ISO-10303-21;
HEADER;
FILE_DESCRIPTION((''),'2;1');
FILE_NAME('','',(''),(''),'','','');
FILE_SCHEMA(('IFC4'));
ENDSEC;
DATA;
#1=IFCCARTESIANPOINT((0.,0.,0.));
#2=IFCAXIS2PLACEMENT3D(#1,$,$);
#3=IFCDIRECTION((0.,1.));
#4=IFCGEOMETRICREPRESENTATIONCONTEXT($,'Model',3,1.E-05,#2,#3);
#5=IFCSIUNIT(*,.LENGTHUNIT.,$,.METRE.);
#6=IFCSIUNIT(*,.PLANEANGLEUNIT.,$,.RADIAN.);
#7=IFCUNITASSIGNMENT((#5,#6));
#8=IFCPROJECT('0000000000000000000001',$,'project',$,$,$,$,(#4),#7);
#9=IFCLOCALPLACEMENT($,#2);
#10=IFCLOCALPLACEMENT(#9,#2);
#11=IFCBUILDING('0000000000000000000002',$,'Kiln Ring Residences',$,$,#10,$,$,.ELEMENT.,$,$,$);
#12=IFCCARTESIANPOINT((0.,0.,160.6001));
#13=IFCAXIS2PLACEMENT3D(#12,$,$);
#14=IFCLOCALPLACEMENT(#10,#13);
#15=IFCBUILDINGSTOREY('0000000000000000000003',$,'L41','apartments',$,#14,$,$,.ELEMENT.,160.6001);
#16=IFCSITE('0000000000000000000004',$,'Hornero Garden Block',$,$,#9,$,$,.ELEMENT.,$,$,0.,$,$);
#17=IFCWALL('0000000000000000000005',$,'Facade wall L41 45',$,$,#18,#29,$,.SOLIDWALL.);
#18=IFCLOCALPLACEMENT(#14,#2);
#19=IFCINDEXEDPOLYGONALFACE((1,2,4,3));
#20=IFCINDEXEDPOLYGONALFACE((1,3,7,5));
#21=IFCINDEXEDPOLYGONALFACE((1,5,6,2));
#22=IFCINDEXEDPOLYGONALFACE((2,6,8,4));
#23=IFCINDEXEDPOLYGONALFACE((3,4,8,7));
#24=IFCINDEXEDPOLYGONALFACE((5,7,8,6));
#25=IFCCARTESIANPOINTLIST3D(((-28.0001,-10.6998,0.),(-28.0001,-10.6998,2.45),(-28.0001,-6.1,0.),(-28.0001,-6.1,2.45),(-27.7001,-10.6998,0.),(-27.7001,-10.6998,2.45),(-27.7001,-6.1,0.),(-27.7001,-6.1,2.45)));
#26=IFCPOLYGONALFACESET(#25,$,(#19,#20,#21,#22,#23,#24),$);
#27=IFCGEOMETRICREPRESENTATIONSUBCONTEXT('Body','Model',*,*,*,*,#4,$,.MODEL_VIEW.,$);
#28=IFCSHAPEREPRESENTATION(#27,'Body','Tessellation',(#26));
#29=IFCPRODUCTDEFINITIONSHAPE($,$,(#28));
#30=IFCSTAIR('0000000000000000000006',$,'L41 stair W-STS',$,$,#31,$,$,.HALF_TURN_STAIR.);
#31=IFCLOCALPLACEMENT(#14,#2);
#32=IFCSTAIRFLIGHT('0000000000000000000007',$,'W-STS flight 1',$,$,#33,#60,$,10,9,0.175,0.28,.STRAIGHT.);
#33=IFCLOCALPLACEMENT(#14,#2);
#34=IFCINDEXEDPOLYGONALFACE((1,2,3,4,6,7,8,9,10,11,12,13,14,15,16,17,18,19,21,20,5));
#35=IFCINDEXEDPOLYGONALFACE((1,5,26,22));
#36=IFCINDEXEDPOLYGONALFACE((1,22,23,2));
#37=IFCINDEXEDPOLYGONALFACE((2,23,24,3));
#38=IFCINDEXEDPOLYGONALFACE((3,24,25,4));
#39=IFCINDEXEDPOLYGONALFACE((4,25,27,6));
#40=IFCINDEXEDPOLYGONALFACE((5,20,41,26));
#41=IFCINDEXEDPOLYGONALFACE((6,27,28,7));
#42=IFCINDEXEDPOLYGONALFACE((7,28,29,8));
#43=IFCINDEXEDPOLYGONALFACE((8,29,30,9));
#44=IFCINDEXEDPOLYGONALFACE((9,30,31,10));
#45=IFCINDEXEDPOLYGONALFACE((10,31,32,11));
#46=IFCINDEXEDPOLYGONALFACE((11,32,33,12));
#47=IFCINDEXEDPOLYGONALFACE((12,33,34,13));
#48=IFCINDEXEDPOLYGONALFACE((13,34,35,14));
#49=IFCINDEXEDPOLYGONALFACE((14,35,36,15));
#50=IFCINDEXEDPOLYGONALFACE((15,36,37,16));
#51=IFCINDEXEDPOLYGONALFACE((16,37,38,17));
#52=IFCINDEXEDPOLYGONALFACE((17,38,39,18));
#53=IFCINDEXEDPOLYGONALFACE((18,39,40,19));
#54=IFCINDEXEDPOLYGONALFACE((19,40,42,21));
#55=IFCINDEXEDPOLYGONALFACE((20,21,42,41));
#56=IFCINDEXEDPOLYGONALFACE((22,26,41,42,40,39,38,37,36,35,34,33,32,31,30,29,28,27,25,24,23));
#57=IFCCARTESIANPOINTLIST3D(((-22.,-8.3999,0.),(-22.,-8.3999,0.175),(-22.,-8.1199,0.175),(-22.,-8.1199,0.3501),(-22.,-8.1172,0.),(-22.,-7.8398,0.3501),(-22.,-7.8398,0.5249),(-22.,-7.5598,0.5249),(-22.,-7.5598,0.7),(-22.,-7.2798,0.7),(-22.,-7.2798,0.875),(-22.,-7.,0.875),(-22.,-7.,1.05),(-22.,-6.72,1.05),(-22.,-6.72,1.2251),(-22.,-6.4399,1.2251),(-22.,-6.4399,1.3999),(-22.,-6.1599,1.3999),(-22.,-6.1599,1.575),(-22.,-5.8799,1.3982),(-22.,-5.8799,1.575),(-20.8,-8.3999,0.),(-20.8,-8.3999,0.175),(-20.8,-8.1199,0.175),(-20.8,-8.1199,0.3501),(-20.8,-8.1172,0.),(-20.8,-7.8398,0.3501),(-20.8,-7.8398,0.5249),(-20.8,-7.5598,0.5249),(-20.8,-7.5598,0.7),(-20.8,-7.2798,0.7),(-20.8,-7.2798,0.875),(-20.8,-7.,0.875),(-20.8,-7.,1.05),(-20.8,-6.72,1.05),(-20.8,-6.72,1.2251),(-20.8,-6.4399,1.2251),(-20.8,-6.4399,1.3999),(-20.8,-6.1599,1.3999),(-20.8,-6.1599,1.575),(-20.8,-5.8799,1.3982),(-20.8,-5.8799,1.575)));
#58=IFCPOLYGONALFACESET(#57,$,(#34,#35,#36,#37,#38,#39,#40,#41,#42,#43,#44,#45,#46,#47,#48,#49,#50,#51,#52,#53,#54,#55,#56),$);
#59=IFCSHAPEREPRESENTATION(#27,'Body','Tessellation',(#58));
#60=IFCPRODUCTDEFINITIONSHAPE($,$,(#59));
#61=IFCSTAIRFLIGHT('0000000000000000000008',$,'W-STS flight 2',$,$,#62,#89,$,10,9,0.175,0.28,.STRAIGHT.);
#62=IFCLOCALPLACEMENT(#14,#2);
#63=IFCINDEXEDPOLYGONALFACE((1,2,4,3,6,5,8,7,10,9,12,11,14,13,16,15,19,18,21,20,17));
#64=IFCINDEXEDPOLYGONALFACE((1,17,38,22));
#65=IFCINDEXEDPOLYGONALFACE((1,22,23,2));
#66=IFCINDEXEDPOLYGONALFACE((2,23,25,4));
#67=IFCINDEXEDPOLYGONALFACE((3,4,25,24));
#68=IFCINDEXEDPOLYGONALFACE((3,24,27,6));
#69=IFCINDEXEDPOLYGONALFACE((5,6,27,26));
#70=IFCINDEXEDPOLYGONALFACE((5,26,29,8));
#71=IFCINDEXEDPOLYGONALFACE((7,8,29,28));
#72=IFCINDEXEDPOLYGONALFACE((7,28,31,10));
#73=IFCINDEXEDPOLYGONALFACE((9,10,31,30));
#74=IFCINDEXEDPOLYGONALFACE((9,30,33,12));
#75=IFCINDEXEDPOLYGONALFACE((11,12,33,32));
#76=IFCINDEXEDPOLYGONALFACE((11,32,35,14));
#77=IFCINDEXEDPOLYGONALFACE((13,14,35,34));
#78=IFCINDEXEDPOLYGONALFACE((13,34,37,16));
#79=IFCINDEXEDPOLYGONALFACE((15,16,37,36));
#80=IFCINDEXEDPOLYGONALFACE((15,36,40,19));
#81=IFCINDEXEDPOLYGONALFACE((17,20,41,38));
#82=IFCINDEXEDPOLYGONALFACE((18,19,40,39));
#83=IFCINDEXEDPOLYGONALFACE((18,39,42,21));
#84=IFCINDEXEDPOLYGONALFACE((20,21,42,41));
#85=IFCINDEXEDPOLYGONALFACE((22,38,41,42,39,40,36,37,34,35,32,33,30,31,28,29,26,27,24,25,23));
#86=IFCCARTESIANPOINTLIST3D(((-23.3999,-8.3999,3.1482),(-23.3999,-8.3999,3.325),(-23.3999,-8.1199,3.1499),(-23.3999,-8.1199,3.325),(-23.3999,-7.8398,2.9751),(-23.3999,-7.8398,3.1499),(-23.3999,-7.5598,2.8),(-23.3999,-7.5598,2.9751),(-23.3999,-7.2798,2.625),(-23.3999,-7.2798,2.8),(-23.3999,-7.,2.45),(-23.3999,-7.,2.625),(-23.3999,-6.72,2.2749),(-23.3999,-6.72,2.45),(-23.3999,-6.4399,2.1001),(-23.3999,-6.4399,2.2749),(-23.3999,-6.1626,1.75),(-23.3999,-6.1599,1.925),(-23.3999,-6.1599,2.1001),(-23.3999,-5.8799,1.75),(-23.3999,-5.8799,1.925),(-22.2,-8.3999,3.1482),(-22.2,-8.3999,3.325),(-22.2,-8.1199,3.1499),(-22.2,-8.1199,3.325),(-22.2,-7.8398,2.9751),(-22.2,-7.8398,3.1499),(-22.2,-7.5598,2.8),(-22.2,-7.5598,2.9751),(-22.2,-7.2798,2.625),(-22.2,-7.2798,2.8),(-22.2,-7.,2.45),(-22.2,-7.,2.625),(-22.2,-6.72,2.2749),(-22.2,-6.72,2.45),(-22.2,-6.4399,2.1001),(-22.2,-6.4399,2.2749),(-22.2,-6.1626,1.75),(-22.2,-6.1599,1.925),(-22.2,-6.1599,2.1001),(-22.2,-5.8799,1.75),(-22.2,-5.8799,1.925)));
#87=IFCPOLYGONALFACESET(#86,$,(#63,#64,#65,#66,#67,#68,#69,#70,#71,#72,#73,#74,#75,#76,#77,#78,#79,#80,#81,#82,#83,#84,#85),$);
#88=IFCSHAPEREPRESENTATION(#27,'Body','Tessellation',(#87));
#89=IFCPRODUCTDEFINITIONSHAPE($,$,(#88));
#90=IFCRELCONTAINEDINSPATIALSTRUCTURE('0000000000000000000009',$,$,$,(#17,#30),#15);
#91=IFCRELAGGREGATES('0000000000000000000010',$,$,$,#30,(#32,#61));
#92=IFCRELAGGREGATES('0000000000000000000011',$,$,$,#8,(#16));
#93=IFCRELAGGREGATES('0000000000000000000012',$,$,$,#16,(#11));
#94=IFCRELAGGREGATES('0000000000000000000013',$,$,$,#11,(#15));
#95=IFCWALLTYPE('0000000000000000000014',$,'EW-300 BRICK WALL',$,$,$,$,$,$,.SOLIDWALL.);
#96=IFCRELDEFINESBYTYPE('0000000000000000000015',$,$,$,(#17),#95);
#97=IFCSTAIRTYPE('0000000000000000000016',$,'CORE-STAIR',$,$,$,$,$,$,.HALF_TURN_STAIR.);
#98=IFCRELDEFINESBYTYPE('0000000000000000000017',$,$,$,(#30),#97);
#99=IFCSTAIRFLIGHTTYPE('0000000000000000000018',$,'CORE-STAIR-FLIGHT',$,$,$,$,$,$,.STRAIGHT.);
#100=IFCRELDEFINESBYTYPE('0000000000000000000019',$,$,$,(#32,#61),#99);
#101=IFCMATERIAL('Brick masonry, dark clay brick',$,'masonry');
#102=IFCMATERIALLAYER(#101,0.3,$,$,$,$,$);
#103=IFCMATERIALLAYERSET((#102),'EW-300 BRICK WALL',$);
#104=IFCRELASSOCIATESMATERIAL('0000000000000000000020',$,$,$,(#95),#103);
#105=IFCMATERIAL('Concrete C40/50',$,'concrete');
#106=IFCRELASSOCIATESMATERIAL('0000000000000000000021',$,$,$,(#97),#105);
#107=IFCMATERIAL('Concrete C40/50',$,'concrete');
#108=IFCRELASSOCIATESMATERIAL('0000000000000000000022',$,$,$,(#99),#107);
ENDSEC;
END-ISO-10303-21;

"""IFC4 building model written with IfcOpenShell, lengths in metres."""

from ifc_helpers import new_model, si_unit, direction, frame, frame_2d, origin, place, context, subcontext, project, spatial, polyline, rectangle, outline, extrude, material, layer, layer_set, type_object, element, aggregate, save


model = new_model("IFC4")

# Units and contexts
model_context = context("Model", 3, precision=1e-05, world=origin(), true_north=direction((0.0, 1.0)))
body_context = subcontext(model_context, "Body", "Model", "MODEL_VIEW")
ifc_project = project(units=[si_unit("LENGTHUNIT", "METRE"), si_unit("PLANEANGLEUNIT", "RADIAN")], contexts=[model_context])

# Site, building, storey
site_placement = place(None, origin())
site = spatial("IfcSite", under=ifc_project, at=site_placement, Name="Hornero Garden Block", CompositionType="ELEMENT", RefElevation=0.0)
building_placement = place(site_placement, origin())
building = spatial("IfcBuilding", under=site, at=building_placement, Name="Kiln Ring Residences", CompositionType="ELEMENT")
storey_placement = place(building_placement, frame((0.0, 0.0, 160.6001)))
storey = spatial("IfcBuildingStorey", under=building, at=storey_placement, Name="L41", Description="apartments", CompositionType="ELEMENT", Elevation=160.6001)

# Wall
ifc_material_1 = material(Name="Brick masonry, dark clay brick", Category="masonry")
ifc_layer_1 = layer(ifc_material_1, 0.3)
ifc_layer_set_1 = layer_set([ifc_layer_1], Name="EW-300 BRICK WALL")
wall_type_1 = type_object("IfcWallType", Name="EW-300 BRICK WALL", PredefinedType="SOLIDWALL", material=ifc_layer_set_1)
wall_1_placement = place(storey_placement, frame((-27.8501, -6.1001, 0.0), z_axis=(0.0, 0.0, 1.0), x_axis=(0.0, -1.0, 0.0)))
element("IfcWall", 1, at=wall_1_placement, inside=storey, type_object=wall_type_1, Name="Facade wall L41 45", PredefinedType="SOLIDWALL", context=body_context, shape_type="SweptSolid", body=[
    extrude(rectangle(XDim=4.5999, YDim=0.3, at=frame_2d((2.2998, 0.0))), origin(), (0.0, 0.0, 1.0), 2.45),
])

# Stair, stair flights
ifc_material_2 = material(Name="Concrete C40/50", Category="concrete")
stair_type = type_object("IfcStairType", Name="CORE-STAIR", PredefinedType="HALF_TURN_STAIR", material=ifc_material_2)
stair_placement = place(storey_placement, origin())
stair = element("IfcStair", 2, at=stair_placement, inside=storey, type_object=stair_type, Name="L41 stair W-STS", PredefinedType="HALF_TURN_STAIR")
ifc_material_3 = material(Name="Concrete C40/50", Category="concrete")
stair_flight_type = type_object("IfcStairFlightType", Name="CORE-STAIR-FLIGHT", PredefinedType="STRAIGHT", material=ifc_material_3)
stair_flight_1_placement = place(storey_placement, frame((-21.3999, -8.3999, 0.0), z_axis=(0.0, 0.0, 1.0), x_axis=(0.0, 1.0, 0.0)))
stair_flight_1 = element("IfcStairFlight", 3, at=stair_flight_1_placement, type_object=stair_flight_type, Name="W-STS flight 1", NumberOfRisers=10, NumberOfTreads=9, PredefinedType="STRAIGHT", RiserHeight=0.175, TreadLength=0.28, context=body_context, shape_type="SweptSolid", body=[
    extrude(outline(polyline([(0.0, 0.0), (0.0, 0.175), (0.28, 0.175), (0.28, 0.3501), (0.5601, 0.3501), (0.5601, 0.5249), (0.8401, 0.5249), (0.8401, 0.7), (1.1201, 0.7), (1.1201, 0.875), (1.3999, 0.875), (1.3999, 1.05), (1.6799, 1.05), (1.6799, 1.2251), (1.96, 1.2251), (1.96, 1.3999), (2.24, 1.3999), (2.24, 1.575), (2.52, 1.575), (2.52, 1.75), (2.52, 1.3982), (0.2827, 0.0), (0.0, 0.0)])), frame((0.0, 0.6001, 0.0), z_axis=(0.0, -1.0, 0.0), x_axis=(1.0, 0.0, 0.0)), (0.0, 0.0, 1.0), 1.2),
])
stair_flight_2_placement = place(storey_placement, frame((-22.8, -5.8799, 1.75), z_axis=(0.0, 0.0, 1.0), x_axis=(0.0, -1.0, 0.0)))
stair_flight_2 = element("IfcStairFlight", 4, at=stair_flight_2_placement, type_object=stair_flight_type, Name="W-STS flight 2", NumberOfRisers=10, NumberOfTreads=9, PredefinedType="STRAIGHT", RiserHeight=0.175, TreadLength=0.28, context=body_context, shape_type="SweptSolid", body=[
    extrude(outline(polyline([(0.0, 0.0), (0.0, 0.175), (0.28, 0.175), (0.28, 0.3501), (0.5601, 0.3501), (0.5601, 0.5249), (0.8401, 0.5249), (0.8401, 0.7), (1.1201, 0.7), (1.1201, 0.875), (1.3999, 0.875), (1.3999, 1.05), (1.6799, 1.05), (1.6799, 1.2251), (1.96, 1.2251), (1.96, 1.3999), (2.24, 1.3999), (2.24, 1.575), (2.52, 1.575), (2.52, 1.75), (2.52, 1.3982), (0.2827, 0.0), (0.0, 0.0)])), frame((0.0, 0.6001, 0.0), z_axis=(0.0, -1.0, 0.0), x_axis=(1.0, 0.0, 0.0)), (0.0, 0.0, 1.0), 1.2),
])
aggregate(stair, [stair_flight_1, stair_flight_2])

save(model, "model.ifc")
